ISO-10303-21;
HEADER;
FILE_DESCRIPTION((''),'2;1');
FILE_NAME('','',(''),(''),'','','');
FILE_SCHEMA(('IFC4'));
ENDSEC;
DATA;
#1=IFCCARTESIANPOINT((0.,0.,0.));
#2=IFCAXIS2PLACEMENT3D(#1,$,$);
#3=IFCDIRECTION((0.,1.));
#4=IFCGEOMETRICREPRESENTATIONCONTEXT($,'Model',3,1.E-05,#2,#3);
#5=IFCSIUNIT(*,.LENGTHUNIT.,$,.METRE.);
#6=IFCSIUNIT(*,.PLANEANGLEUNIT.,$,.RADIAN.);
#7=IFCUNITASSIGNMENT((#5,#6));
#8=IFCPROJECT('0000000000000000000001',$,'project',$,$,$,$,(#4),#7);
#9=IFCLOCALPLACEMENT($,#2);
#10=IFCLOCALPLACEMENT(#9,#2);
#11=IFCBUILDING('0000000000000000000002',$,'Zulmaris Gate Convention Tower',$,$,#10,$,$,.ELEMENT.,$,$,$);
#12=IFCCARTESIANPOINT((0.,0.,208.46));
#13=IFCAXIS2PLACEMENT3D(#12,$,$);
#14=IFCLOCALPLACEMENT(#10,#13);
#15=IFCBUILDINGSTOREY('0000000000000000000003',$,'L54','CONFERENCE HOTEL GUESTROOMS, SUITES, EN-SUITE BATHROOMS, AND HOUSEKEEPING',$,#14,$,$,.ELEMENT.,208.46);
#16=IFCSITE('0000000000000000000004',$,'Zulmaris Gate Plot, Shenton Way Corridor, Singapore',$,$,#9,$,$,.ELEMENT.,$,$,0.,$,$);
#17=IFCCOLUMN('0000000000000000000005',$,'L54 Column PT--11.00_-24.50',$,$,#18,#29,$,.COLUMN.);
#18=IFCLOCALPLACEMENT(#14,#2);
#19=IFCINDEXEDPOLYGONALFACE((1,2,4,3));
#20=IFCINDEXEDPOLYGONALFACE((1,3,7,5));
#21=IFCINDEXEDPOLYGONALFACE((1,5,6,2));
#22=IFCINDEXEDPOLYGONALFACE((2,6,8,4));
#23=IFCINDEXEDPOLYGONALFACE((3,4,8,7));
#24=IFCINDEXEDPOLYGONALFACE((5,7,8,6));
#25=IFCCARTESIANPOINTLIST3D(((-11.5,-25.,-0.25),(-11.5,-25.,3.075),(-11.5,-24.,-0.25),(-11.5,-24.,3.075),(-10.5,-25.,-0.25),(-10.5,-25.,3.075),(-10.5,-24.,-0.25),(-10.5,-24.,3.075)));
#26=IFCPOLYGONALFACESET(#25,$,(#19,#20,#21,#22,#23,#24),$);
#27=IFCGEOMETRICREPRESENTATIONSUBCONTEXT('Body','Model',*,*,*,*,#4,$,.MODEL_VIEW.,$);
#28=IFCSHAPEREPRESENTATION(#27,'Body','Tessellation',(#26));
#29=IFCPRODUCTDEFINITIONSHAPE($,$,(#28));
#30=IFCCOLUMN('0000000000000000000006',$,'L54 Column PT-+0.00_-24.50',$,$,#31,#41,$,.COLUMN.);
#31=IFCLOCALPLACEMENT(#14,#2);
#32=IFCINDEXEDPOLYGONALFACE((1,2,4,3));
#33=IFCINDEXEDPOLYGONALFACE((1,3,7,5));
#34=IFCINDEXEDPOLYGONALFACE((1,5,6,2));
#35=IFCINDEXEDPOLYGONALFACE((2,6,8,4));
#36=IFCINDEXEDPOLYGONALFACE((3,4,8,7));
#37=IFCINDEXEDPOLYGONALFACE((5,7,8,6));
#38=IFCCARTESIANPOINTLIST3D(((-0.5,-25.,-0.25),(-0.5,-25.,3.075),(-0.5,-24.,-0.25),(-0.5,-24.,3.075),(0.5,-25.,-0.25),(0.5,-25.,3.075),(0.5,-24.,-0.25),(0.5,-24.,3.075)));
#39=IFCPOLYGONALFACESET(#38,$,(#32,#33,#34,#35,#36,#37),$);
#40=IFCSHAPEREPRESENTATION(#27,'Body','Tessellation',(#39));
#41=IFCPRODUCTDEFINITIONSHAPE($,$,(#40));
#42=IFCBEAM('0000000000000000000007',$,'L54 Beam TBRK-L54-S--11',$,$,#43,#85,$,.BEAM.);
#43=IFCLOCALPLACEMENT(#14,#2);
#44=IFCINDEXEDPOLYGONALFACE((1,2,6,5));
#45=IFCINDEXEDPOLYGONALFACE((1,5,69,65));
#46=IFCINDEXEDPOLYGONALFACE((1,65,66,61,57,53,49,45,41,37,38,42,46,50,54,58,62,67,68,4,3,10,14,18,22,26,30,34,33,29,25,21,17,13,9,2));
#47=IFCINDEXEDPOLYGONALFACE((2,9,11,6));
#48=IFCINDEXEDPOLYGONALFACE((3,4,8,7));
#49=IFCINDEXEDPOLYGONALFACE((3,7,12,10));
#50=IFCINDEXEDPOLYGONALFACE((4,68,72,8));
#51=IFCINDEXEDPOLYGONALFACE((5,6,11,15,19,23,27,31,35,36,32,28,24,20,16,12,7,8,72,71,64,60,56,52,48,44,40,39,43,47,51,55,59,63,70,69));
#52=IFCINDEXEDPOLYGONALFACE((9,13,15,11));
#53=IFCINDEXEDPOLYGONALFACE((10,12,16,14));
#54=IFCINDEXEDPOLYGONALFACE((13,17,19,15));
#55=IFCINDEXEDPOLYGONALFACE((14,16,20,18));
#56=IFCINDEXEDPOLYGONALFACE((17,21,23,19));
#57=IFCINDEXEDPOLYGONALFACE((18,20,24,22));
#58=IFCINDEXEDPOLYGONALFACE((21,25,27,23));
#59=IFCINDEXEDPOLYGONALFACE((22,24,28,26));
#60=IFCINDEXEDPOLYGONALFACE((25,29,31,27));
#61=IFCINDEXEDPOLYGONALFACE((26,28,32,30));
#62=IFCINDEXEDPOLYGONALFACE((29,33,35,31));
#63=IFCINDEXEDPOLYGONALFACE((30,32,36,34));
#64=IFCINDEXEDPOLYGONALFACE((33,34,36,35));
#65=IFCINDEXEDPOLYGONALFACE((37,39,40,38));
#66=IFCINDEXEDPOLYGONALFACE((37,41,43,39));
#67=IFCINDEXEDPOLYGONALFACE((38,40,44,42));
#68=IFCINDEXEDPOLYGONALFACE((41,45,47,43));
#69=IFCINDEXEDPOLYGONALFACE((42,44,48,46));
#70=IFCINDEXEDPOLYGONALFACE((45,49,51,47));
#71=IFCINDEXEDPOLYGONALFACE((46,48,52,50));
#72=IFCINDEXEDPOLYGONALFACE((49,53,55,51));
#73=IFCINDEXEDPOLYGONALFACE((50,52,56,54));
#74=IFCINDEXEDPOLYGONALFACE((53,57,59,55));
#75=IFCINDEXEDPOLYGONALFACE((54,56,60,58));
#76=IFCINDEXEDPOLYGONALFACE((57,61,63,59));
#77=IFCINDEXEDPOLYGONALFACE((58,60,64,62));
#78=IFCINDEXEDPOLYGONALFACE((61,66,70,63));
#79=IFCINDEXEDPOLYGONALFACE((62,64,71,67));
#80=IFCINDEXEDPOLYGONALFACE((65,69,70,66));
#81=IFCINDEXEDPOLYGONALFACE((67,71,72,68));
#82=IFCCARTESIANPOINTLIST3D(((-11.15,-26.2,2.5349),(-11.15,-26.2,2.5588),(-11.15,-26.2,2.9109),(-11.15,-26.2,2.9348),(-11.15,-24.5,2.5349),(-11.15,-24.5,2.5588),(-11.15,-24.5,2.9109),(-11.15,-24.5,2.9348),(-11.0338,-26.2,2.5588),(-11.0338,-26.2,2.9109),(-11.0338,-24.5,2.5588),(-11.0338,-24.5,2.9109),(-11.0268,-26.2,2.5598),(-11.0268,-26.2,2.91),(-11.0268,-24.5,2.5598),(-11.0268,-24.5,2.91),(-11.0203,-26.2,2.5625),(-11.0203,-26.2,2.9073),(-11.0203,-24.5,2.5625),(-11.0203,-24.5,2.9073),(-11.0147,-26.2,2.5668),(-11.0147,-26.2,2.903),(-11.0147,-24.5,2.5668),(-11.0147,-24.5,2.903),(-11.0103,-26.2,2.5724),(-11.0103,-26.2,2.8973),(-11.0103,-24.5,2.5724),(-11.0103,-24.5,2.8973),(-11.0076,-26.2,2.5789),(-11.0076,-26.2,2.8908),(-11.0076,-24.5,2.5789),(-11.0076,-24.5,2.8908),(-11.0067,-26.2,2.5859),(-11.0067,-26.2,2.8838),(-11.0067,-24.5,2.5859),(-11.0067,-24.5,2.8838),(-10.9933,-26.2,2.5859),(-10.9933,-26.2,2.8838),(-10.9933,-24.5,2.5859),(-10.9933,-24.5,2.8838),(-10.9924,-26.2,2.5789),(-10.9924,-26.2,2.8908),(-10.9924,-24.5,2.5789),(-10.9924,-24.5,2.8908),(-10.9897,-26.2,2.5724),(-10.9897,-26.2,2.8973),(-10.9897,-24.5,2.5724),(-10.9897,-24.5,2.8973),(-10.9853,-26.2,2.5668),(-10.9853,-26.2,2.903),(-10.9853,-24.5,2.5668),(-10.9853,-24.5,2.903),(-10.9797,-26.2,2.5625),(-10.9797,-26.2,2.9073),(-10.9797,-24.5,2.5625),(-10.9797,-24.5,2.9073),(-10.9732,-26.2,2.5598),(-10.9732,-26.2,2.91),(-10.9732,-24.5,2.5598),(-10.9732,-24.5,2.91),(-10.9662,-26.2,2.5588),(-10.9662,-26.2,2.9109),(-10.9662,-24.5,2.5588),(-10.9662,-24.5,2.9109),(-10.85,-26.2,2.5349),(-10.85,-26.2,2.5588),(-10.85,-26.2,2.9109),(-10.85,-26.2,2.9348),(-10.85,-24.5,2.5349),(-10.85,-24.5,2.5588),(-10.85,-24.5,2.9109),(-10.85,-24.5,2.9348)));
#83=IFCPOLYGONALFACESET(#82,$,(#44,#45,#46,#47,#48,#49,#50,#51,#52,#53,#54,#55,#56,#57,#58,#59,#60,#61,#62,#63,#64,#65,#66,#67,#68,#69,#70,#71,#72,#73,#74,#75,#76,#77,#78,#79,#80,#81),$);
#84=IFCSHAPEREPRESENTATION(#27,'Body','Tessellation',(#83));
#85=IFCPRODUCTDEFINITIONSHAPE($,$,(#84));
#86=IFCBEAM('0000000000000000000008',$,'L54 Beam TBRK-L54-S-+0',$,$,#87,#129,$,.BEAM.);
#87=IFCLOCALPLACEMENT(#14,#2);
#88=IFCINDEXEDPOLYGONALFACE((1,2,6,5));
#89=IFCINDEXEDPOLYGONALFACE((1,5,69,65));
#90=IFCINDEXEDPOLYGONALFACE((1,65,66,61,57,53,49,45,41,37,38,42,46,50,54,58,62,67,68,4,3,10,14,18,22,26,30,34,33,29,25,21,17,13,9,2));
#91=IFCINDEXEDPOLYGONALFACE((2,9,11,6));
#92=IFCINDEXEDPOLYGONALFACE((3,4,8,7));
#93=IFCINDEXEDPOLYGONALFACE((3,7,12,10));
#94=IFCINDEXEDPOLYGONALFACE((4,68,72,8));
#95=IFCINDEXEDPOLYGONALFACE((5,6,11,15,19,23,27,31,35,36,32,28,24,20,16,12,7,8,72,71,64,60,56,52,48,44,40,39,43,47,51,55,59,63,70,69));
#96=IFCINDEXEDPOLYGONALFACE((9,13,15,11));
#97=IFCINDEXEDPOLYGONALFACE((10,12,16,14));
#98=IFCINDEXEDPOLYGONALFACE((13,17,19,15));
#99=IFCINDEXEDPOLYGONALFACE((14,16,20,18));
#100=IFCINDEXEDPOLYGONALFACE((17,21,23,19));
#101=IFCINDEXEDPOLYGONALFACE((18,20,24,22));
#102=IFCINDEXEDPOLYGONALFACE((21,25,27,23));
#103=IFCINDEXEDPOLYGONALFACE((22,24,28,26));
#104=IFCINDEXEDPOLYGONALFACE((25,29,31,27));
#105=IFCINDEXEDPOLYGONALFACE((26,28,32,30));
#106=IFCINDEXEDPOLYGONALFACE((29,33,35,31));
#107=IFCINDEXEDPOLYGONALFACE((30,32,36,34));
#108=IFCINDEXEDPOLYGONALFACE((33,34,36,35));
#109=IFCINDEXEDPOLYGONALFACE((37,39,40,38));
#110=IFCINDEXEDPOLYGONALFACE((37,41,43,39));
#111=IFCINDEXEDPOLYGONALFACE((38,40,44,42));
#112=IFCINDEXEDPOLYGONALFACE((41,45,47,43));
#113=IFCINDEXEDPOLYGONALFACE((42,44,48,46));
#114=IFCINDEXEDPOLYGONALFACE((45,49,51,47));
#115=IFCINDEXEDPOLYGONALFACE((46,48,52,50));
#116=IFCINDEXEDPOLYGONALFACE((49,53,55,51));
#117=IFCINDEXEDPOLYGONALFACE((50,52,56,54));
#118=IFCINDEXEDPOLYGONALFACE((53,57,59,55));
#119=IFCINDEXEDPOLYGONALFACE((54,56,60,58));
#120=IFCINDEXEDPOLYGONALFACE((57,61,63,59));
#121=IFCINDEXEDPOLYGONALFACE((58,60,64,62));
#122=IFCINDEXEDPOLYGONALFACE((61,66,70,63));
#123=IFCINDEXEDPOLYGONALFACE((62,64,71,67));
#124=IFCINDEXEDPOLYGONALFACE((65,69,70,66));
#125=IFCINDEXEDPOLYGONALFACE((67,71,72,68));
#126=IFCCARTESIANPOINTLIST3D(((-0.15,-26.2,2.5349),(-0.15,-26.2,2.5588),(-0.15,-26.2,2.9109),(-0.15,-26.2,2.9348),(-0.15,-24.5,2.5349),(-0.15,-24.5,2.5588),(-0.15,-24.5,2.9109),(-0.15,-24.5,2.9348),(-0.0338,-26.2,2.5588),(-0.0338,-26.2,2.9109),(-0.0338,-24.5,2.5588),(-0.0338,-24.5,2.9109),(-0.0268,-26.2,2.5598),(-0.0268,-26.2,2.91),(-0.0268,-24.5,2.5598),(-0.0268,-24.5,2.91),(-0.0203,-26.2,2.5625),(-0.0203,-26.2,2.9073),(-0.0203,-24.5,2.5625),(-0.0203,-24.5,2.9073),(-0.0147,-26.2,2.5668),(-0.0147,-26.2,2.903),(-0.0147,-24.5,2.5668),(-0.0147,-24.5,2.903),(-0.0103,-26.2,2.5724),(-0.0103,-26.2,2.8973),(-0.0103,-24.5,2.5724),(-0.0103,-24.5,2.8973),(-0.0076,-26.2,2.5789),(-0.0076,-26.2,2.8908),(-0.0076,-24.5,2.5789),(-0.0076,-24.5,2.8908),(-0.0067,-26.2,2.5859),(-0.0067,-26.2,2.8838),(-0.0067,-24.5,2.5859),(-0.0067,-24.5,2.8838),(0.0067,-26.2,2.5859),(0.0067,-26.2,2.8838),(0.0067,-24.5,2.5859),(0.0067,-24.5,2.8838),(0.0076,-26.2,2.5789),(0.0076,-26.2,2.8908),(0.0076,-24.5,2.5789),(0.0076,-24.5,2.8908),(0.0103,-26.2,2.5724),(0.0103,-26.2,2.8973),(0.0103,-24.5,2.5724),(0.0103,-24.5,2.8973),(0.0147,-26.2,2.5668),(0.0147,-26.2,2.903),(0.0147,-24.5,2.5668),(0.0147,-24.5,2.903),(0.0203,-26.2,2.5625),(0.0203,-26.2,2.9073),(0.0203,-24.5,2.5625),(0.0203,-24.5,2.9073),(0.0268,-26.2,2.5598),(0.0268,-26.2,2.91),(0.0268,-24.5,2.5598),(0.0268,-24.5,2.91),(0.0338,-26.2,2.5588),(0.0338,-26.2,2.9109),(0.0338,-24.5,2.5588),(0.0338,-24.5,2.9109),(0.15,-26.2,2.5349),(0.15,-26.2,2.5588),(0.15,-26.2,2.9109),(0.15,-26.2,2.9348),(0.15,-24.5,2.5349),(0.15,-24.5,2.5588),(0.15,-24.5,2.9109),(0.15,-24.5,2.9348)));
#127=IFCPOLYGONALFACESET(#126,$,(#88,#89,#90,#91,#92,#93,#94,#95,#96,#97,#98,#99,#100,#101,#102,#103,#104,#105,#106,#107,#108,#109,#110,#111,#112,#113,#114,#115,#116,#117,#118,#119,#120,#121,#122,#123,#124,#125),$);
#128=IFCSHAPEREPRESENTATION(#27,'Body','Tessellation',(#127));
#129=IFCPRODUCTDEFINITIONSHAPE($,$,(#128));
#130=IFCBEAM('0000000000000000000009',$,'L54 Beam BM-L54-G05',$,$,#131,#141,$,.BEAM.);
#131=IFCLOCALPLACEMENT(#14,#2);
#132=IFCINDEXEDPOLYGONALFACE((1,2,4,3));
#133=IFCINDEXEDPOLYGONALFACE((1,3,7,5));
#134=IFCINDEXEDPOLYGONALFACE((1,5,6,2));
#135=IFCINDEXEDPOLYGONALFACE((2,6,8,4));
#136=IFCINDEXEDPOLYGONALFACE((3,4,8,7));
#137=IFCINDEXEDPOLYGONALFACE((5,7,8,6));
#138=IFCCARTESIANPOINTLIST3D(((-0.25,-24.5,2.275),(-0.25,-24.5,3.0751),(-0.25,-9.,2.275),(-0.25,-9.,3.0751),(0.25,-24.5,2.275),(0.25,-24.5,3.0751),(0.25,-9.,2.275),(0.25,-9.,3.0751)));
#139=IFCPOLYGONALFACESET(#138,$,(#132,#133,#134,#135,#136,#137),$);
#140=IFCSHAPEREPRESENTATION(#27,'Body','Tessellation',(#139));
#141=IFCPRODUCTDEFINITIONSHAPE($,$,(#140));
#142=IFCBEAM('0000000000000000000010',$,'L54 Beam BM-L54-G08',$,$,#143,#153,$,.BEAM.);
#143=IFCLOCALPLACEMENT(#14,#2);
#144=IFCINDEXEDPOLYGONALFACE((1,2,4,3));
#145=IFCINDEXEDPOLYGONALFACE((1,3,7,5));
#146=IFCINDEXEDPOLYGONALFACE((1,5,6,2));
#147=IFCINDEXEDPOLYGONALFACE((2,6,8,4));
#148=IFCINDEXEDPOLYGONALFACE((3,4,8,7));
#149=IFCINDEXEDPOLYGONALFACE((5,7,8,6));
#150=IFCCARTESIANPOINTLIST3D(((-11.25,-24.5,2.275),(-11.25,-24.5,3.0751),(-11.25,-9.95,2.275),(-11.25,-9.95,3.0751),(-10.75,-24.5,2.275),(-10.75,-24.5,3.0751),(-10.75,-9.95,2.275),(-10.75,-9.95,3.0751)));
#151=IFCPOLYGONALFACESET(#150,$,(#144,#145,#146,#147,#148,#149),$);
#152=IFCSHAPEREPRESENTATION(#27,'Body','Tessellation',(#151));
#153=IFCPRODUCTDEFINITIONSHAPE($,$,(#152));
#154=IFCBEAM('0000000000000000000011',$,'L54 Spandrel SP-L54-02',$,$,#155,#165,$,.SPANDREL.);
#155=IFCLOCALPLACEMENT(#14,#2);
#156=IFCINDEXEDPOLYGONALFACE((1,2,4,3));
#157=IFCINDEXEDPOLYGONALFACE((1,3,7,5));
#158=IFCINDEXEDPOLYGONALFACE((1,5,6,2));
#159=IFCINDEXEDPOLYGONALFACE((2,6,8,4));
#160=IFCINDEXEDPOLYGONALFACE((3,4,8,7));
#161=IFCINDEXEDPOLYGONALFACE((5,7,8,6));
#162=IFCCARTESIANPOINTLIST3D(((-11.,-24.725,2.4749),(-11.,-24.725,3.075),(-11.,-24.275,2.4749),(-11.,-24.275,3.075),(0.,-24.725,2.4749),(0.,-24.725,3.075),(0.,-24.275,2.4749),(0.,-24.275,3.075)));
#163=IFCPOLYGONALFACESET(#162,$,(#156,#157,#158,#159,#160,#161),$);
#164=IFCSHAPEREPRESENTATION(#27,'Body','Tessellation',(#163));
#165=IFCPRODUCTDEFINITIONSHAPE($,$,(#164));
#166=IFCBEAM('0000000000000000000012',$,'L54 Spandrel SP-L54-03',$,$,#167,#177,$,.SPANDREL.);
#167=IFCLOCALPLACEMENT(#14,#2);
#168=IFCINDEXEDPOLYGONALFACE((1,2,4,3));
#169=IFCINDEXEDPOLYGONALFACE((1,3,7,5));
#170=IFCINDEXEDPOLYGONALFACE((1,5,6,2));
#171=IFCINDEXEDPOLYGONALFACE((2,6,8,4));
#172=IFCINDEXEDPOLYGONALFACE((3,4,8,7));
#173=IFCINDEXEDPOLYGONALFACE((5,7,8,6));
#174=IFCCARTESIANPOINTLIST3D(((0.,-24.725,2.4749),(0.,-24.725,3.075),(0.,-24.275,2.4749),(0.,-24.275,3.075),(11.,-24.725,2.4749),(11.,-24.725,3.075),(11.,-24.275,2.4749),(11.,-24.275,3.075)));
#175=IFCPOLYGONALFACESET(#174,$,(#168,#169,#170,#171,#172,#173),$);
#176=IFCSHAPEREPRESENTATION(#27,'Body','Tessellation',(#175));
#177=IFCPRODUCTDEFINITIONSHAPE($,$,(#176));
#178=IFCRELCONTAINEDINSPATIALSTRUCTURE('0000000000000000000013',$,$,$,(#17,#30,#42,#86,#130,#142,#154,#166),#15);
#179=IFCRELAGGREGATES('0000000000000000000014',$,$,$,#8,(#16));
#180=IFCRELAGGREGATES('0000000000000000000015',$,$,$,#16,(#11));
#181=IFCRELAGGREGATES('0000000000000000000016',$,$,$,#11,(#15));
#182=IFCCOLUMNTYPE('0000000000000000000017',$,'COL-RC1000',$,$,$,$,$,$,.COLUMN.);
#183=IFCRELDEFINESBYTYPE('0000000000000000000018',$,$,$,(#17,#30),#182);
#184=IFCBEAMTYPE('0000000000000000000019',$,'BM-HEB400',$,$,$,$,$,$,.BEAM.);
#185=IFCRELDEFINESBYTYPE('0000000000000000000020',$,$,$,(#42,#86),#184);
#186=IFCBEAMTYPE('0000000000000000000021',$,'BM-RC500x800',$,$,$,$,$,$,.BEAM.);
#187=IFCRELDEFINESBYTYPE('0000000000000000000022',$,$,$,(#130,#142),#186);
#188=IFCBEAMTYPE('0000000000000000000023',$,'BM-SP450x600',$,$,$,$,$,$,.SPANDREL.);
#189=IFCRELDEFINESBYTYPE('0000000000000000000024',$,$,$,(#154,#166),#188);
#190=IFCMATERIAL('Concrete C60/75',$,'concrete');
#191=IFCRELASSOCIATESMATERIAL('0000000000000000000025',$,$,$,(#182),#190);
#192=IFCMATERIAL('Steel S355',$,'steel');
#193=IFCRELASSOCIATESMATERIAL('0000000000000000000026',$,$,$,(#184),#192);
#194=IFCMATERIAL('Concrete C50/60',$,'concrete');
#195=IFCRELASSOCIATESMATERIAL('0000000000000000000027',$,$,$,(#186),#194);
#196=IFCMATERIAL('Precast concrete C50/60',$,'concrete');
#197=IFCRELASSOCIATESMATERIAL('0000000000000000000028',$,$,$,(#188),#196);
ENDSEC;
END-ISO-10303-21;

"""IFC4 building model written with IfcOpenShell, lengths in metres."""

from ifc_helpers import new_model, si_unit, direction, frame, origin, origin_2d, place, context, subcontext, project, spatial, rectangle, i_section, extrude, material, material_profile, profile_set, type_object, element, save


model = new_model("IFC4")

# Units and contexts
model_context = context("Model", 3, precision=1e-05, world=origin(), true_north=direction((0.0, 1.0)))
body_context = subcontext(model_context, "Body", "Model", "MODEL_VIEW")
ifc_project = project(units=[si_unit("LENGTHUNIT", "METRE"), si_unit("PLANEANGLEUNIT", "RADIAN")], contexts=[model_context])

# Site, building, storey
site_placement = place(None, origin())
site = spatial("IfcSite", under=ifc_project, at=site_placement, Name="Zulmaris Gate Plot, Shenton Way Corridor, Singapore", CompositionType="ELEMENT", RefElevation=0.0)
building_placement = place(site_placement, origin())
building = spatial("IfcBuilding", under=site, at=building_placement, Name="Zulmaris Gate Convention Tower", CompositionType="ELEMENT")
storey_placement = place(building_placement, frame((0.0, 0.0, 208.46)))
storey = spatial("IfcBuildingStorey", under=building, at=storey_placement, Name="L54", Description="CONFERENCE HOTEL GUESTROOMS, SUITES, EN-SUITE BATHROOMS, AND HOUSEKEEPING", CompositionType="ELEMENT", Elevation=208.46)

# Columns
ifc_material_1 = material(Name="Concrete C60/75", Category="concrete")
ifc_material_profile_1 = material_profile(ifc_material_1, rectangle(XDim=1.0, YDim=1.0, at=origin_2d()), Name="RC COL 1000x1000")
ifc_profile_set_1 = profile_set([ifc_material_profile_1], Name="Concrete C60/75")
column_type = type_object("IfcColumnType", Name="COL-RC1000", PredefinedType="COLUMN", material=ifc_profile_set_1)
for number, where, z_axis, x_axis, name in (
    (1, (-11.0, -24.5, -0.25), (0.0, 0.0, 1.0), (1.0, 0.0, 0.0), "L54 Column PT--11.00_-24.50"),
    (2, (0.0, -24.5, -0.25), (0.0, 0.0, 1.0), (1.0, 0.0, 0.0), "L54 Column PT-+0.00_-24.50"),
):
    element("IfcColumn", number, at=place(storey_placement, frame(where, z_axis=z_axis, x_axis=x_axis)), inside=storey, type_object=column_type, Name=name, PredefinedType="COLUMN", context=body_context, shape_type="SweptSolid", body=[
        extrude(rectangle(XDim=1.0, YDim=1.0, at=origin_2d()), origin(), (0.0, 0.0, 1.0), 3.325),
    ])

# Beams
ifc_material_2 = material(Name="Steel S355", Category="steel")
ifc_material_profile_2 = material_profile(ifc_material_2, i_section(OverallWidth=0.3, OverallDepth=0.3999, WebThickness=0.0134, FlangeThickness=0.0239, FilletRadius=0.0271, at=origin_2d()), Name="HEB 400")
ifc_profile_set_2 = profile_set([ifc_material_profile_2], Name="Steel S355")
beam_type_1 = type_object("IfcBeamType", Name="BM-HEB400", PredefinedType="BEAM", material=ifc_profile_set_2)
for number, where, z_axis, x_axis, name in (
    (3, (-11.0, -26.2, 2.7349), (0.0, 1.0, 0.0), (-1.0, 0.0, 0.0), "L54 Beam TBRK-L54-S--11"),
    (4, (0.0, -26.2, 2.7349), (0.0, 1.0, 0.0), (-1.0, 0.0, 0.0), "L54 Beam TBRK-L54-S-+0"),
):
    element("IfcBeam", number, at=place(storey_placement, frame(where, z_axis=z_axis, x_axis=x_axis)), inside=storey, type_object=beam_type_1, Name=name, PredefinedType="BEAM", context=body_context, shape_type="SweptSolid", body=[
        extrude(i_section(OverallWidth=0.3, OverallDepth=0.3999, WebThickness=0.0134, FlangeThickness=0.0239, FilletRadius=0.0271, at=origin_2d()), origin(), (0.0, 0.0, 1.0), 1.7),
    ])
ifc_material_3 = material(Name="Concrete C50/60", Category="concrete")
ifc_material_profile_3 = material_profile(ifc_material_3, rectangle(XDim=0.5, YDim=0.8, at=origin_2d()), Name="RC BEAM 500x800")
ifc_profile_set_3 = profile_set([ifc_material_profile_3], Name="Concrete C50/60")
beam_type_2 = type_object("IfcBeamType", Name="BM-RC500x800", PredefinedType="BEAM", material=ifc_profile_set_3)
beam_1_placement = place(storey_placement, frame((0.0, -24.5, 2.675), z_axis=(0.0, 1.0, 0.0), x_axis=(-1.0, 0.0, 0.0)))
element("IfcBeam", 5, at=beam_1_placement, inside=storey, type_object=beam_type_2, Name="L54 Beam BM-L54-G05", PredefinedType="BEAM", context=body_context, shape_type="SweptSolid", body=[
    extrude(rectangle(XDim=0.5, YDim=0.8, at=origin_2d()), origin(), (0.0, 0.0, 1.0), 15.5),
])
beam_2_placement = place(storey_placement, frame((-11.0, -24.5, 2.675), z_axis=(0.0, 1.0, 0.0), x_axis=(-1.0, 0.0, 0.0)))
element("IfcBeam", 6, at=beam_2_placement, inside=storey, type_object=beam_type_2, Name="L54 Beam BM-L54-G08", PredefinedType="BEAM", context=body_context, shape_type="SweptSolid", body=[
    extrude(rectangle(XDim=0.5, YDim=0.8, at=origin_2d()), origin(), (0.0, 0.0, 1.0), 14.55),
])
ifc_material_4 = material(Name="Precast concrete C50/60", Category="concrete")
ifc_material_profile_4 = material_profile(ifc_material_4, rectangle(XDim=0.45, YDim=0.6001, at=origin_2d()), Name="RC SPANDREL 450x600")
ifc_profile_set_4 = profile_set([ifc_material_profile_4], Name="Precast concrete C50/60")
beam_type_3 = type_object("IfcBeamType", Name="BM-SP450x600", PredefinedType="SPANDREL", material=ifc_profile_set_4)
for number, where, z_axis, x_axis, name in (
    (7, (-11.0, -24.5, 2.7749), (1.0, 0.0, 0.0), (0.0, 1.0, 0.0), "L54 Spandrel SP-L54-02"),
    (8, (0.0, -24.5, 2.7749), (1.0, 0.0, 0.0), (0.0, 1.0, 0.0), "L54 Spandrel SP-L54-03"),
):
    element("IfcBeam", number, at=place(storey_placement, frame(where, z_axis=z_axis, x_axis=x_axis)), inside=storey, type_object=beam_type_3, Name=name, PredefinedType="SPANDREL", context=body_context, shape_type="SweptSolid", body=[
        extrude(rectangle(XDim=0.45, YDim=0.6001, at=origin_2d()), origin(), (0.0, 0.0, 1.0), 11.0),
    ])

save(model, "model.ifc")
